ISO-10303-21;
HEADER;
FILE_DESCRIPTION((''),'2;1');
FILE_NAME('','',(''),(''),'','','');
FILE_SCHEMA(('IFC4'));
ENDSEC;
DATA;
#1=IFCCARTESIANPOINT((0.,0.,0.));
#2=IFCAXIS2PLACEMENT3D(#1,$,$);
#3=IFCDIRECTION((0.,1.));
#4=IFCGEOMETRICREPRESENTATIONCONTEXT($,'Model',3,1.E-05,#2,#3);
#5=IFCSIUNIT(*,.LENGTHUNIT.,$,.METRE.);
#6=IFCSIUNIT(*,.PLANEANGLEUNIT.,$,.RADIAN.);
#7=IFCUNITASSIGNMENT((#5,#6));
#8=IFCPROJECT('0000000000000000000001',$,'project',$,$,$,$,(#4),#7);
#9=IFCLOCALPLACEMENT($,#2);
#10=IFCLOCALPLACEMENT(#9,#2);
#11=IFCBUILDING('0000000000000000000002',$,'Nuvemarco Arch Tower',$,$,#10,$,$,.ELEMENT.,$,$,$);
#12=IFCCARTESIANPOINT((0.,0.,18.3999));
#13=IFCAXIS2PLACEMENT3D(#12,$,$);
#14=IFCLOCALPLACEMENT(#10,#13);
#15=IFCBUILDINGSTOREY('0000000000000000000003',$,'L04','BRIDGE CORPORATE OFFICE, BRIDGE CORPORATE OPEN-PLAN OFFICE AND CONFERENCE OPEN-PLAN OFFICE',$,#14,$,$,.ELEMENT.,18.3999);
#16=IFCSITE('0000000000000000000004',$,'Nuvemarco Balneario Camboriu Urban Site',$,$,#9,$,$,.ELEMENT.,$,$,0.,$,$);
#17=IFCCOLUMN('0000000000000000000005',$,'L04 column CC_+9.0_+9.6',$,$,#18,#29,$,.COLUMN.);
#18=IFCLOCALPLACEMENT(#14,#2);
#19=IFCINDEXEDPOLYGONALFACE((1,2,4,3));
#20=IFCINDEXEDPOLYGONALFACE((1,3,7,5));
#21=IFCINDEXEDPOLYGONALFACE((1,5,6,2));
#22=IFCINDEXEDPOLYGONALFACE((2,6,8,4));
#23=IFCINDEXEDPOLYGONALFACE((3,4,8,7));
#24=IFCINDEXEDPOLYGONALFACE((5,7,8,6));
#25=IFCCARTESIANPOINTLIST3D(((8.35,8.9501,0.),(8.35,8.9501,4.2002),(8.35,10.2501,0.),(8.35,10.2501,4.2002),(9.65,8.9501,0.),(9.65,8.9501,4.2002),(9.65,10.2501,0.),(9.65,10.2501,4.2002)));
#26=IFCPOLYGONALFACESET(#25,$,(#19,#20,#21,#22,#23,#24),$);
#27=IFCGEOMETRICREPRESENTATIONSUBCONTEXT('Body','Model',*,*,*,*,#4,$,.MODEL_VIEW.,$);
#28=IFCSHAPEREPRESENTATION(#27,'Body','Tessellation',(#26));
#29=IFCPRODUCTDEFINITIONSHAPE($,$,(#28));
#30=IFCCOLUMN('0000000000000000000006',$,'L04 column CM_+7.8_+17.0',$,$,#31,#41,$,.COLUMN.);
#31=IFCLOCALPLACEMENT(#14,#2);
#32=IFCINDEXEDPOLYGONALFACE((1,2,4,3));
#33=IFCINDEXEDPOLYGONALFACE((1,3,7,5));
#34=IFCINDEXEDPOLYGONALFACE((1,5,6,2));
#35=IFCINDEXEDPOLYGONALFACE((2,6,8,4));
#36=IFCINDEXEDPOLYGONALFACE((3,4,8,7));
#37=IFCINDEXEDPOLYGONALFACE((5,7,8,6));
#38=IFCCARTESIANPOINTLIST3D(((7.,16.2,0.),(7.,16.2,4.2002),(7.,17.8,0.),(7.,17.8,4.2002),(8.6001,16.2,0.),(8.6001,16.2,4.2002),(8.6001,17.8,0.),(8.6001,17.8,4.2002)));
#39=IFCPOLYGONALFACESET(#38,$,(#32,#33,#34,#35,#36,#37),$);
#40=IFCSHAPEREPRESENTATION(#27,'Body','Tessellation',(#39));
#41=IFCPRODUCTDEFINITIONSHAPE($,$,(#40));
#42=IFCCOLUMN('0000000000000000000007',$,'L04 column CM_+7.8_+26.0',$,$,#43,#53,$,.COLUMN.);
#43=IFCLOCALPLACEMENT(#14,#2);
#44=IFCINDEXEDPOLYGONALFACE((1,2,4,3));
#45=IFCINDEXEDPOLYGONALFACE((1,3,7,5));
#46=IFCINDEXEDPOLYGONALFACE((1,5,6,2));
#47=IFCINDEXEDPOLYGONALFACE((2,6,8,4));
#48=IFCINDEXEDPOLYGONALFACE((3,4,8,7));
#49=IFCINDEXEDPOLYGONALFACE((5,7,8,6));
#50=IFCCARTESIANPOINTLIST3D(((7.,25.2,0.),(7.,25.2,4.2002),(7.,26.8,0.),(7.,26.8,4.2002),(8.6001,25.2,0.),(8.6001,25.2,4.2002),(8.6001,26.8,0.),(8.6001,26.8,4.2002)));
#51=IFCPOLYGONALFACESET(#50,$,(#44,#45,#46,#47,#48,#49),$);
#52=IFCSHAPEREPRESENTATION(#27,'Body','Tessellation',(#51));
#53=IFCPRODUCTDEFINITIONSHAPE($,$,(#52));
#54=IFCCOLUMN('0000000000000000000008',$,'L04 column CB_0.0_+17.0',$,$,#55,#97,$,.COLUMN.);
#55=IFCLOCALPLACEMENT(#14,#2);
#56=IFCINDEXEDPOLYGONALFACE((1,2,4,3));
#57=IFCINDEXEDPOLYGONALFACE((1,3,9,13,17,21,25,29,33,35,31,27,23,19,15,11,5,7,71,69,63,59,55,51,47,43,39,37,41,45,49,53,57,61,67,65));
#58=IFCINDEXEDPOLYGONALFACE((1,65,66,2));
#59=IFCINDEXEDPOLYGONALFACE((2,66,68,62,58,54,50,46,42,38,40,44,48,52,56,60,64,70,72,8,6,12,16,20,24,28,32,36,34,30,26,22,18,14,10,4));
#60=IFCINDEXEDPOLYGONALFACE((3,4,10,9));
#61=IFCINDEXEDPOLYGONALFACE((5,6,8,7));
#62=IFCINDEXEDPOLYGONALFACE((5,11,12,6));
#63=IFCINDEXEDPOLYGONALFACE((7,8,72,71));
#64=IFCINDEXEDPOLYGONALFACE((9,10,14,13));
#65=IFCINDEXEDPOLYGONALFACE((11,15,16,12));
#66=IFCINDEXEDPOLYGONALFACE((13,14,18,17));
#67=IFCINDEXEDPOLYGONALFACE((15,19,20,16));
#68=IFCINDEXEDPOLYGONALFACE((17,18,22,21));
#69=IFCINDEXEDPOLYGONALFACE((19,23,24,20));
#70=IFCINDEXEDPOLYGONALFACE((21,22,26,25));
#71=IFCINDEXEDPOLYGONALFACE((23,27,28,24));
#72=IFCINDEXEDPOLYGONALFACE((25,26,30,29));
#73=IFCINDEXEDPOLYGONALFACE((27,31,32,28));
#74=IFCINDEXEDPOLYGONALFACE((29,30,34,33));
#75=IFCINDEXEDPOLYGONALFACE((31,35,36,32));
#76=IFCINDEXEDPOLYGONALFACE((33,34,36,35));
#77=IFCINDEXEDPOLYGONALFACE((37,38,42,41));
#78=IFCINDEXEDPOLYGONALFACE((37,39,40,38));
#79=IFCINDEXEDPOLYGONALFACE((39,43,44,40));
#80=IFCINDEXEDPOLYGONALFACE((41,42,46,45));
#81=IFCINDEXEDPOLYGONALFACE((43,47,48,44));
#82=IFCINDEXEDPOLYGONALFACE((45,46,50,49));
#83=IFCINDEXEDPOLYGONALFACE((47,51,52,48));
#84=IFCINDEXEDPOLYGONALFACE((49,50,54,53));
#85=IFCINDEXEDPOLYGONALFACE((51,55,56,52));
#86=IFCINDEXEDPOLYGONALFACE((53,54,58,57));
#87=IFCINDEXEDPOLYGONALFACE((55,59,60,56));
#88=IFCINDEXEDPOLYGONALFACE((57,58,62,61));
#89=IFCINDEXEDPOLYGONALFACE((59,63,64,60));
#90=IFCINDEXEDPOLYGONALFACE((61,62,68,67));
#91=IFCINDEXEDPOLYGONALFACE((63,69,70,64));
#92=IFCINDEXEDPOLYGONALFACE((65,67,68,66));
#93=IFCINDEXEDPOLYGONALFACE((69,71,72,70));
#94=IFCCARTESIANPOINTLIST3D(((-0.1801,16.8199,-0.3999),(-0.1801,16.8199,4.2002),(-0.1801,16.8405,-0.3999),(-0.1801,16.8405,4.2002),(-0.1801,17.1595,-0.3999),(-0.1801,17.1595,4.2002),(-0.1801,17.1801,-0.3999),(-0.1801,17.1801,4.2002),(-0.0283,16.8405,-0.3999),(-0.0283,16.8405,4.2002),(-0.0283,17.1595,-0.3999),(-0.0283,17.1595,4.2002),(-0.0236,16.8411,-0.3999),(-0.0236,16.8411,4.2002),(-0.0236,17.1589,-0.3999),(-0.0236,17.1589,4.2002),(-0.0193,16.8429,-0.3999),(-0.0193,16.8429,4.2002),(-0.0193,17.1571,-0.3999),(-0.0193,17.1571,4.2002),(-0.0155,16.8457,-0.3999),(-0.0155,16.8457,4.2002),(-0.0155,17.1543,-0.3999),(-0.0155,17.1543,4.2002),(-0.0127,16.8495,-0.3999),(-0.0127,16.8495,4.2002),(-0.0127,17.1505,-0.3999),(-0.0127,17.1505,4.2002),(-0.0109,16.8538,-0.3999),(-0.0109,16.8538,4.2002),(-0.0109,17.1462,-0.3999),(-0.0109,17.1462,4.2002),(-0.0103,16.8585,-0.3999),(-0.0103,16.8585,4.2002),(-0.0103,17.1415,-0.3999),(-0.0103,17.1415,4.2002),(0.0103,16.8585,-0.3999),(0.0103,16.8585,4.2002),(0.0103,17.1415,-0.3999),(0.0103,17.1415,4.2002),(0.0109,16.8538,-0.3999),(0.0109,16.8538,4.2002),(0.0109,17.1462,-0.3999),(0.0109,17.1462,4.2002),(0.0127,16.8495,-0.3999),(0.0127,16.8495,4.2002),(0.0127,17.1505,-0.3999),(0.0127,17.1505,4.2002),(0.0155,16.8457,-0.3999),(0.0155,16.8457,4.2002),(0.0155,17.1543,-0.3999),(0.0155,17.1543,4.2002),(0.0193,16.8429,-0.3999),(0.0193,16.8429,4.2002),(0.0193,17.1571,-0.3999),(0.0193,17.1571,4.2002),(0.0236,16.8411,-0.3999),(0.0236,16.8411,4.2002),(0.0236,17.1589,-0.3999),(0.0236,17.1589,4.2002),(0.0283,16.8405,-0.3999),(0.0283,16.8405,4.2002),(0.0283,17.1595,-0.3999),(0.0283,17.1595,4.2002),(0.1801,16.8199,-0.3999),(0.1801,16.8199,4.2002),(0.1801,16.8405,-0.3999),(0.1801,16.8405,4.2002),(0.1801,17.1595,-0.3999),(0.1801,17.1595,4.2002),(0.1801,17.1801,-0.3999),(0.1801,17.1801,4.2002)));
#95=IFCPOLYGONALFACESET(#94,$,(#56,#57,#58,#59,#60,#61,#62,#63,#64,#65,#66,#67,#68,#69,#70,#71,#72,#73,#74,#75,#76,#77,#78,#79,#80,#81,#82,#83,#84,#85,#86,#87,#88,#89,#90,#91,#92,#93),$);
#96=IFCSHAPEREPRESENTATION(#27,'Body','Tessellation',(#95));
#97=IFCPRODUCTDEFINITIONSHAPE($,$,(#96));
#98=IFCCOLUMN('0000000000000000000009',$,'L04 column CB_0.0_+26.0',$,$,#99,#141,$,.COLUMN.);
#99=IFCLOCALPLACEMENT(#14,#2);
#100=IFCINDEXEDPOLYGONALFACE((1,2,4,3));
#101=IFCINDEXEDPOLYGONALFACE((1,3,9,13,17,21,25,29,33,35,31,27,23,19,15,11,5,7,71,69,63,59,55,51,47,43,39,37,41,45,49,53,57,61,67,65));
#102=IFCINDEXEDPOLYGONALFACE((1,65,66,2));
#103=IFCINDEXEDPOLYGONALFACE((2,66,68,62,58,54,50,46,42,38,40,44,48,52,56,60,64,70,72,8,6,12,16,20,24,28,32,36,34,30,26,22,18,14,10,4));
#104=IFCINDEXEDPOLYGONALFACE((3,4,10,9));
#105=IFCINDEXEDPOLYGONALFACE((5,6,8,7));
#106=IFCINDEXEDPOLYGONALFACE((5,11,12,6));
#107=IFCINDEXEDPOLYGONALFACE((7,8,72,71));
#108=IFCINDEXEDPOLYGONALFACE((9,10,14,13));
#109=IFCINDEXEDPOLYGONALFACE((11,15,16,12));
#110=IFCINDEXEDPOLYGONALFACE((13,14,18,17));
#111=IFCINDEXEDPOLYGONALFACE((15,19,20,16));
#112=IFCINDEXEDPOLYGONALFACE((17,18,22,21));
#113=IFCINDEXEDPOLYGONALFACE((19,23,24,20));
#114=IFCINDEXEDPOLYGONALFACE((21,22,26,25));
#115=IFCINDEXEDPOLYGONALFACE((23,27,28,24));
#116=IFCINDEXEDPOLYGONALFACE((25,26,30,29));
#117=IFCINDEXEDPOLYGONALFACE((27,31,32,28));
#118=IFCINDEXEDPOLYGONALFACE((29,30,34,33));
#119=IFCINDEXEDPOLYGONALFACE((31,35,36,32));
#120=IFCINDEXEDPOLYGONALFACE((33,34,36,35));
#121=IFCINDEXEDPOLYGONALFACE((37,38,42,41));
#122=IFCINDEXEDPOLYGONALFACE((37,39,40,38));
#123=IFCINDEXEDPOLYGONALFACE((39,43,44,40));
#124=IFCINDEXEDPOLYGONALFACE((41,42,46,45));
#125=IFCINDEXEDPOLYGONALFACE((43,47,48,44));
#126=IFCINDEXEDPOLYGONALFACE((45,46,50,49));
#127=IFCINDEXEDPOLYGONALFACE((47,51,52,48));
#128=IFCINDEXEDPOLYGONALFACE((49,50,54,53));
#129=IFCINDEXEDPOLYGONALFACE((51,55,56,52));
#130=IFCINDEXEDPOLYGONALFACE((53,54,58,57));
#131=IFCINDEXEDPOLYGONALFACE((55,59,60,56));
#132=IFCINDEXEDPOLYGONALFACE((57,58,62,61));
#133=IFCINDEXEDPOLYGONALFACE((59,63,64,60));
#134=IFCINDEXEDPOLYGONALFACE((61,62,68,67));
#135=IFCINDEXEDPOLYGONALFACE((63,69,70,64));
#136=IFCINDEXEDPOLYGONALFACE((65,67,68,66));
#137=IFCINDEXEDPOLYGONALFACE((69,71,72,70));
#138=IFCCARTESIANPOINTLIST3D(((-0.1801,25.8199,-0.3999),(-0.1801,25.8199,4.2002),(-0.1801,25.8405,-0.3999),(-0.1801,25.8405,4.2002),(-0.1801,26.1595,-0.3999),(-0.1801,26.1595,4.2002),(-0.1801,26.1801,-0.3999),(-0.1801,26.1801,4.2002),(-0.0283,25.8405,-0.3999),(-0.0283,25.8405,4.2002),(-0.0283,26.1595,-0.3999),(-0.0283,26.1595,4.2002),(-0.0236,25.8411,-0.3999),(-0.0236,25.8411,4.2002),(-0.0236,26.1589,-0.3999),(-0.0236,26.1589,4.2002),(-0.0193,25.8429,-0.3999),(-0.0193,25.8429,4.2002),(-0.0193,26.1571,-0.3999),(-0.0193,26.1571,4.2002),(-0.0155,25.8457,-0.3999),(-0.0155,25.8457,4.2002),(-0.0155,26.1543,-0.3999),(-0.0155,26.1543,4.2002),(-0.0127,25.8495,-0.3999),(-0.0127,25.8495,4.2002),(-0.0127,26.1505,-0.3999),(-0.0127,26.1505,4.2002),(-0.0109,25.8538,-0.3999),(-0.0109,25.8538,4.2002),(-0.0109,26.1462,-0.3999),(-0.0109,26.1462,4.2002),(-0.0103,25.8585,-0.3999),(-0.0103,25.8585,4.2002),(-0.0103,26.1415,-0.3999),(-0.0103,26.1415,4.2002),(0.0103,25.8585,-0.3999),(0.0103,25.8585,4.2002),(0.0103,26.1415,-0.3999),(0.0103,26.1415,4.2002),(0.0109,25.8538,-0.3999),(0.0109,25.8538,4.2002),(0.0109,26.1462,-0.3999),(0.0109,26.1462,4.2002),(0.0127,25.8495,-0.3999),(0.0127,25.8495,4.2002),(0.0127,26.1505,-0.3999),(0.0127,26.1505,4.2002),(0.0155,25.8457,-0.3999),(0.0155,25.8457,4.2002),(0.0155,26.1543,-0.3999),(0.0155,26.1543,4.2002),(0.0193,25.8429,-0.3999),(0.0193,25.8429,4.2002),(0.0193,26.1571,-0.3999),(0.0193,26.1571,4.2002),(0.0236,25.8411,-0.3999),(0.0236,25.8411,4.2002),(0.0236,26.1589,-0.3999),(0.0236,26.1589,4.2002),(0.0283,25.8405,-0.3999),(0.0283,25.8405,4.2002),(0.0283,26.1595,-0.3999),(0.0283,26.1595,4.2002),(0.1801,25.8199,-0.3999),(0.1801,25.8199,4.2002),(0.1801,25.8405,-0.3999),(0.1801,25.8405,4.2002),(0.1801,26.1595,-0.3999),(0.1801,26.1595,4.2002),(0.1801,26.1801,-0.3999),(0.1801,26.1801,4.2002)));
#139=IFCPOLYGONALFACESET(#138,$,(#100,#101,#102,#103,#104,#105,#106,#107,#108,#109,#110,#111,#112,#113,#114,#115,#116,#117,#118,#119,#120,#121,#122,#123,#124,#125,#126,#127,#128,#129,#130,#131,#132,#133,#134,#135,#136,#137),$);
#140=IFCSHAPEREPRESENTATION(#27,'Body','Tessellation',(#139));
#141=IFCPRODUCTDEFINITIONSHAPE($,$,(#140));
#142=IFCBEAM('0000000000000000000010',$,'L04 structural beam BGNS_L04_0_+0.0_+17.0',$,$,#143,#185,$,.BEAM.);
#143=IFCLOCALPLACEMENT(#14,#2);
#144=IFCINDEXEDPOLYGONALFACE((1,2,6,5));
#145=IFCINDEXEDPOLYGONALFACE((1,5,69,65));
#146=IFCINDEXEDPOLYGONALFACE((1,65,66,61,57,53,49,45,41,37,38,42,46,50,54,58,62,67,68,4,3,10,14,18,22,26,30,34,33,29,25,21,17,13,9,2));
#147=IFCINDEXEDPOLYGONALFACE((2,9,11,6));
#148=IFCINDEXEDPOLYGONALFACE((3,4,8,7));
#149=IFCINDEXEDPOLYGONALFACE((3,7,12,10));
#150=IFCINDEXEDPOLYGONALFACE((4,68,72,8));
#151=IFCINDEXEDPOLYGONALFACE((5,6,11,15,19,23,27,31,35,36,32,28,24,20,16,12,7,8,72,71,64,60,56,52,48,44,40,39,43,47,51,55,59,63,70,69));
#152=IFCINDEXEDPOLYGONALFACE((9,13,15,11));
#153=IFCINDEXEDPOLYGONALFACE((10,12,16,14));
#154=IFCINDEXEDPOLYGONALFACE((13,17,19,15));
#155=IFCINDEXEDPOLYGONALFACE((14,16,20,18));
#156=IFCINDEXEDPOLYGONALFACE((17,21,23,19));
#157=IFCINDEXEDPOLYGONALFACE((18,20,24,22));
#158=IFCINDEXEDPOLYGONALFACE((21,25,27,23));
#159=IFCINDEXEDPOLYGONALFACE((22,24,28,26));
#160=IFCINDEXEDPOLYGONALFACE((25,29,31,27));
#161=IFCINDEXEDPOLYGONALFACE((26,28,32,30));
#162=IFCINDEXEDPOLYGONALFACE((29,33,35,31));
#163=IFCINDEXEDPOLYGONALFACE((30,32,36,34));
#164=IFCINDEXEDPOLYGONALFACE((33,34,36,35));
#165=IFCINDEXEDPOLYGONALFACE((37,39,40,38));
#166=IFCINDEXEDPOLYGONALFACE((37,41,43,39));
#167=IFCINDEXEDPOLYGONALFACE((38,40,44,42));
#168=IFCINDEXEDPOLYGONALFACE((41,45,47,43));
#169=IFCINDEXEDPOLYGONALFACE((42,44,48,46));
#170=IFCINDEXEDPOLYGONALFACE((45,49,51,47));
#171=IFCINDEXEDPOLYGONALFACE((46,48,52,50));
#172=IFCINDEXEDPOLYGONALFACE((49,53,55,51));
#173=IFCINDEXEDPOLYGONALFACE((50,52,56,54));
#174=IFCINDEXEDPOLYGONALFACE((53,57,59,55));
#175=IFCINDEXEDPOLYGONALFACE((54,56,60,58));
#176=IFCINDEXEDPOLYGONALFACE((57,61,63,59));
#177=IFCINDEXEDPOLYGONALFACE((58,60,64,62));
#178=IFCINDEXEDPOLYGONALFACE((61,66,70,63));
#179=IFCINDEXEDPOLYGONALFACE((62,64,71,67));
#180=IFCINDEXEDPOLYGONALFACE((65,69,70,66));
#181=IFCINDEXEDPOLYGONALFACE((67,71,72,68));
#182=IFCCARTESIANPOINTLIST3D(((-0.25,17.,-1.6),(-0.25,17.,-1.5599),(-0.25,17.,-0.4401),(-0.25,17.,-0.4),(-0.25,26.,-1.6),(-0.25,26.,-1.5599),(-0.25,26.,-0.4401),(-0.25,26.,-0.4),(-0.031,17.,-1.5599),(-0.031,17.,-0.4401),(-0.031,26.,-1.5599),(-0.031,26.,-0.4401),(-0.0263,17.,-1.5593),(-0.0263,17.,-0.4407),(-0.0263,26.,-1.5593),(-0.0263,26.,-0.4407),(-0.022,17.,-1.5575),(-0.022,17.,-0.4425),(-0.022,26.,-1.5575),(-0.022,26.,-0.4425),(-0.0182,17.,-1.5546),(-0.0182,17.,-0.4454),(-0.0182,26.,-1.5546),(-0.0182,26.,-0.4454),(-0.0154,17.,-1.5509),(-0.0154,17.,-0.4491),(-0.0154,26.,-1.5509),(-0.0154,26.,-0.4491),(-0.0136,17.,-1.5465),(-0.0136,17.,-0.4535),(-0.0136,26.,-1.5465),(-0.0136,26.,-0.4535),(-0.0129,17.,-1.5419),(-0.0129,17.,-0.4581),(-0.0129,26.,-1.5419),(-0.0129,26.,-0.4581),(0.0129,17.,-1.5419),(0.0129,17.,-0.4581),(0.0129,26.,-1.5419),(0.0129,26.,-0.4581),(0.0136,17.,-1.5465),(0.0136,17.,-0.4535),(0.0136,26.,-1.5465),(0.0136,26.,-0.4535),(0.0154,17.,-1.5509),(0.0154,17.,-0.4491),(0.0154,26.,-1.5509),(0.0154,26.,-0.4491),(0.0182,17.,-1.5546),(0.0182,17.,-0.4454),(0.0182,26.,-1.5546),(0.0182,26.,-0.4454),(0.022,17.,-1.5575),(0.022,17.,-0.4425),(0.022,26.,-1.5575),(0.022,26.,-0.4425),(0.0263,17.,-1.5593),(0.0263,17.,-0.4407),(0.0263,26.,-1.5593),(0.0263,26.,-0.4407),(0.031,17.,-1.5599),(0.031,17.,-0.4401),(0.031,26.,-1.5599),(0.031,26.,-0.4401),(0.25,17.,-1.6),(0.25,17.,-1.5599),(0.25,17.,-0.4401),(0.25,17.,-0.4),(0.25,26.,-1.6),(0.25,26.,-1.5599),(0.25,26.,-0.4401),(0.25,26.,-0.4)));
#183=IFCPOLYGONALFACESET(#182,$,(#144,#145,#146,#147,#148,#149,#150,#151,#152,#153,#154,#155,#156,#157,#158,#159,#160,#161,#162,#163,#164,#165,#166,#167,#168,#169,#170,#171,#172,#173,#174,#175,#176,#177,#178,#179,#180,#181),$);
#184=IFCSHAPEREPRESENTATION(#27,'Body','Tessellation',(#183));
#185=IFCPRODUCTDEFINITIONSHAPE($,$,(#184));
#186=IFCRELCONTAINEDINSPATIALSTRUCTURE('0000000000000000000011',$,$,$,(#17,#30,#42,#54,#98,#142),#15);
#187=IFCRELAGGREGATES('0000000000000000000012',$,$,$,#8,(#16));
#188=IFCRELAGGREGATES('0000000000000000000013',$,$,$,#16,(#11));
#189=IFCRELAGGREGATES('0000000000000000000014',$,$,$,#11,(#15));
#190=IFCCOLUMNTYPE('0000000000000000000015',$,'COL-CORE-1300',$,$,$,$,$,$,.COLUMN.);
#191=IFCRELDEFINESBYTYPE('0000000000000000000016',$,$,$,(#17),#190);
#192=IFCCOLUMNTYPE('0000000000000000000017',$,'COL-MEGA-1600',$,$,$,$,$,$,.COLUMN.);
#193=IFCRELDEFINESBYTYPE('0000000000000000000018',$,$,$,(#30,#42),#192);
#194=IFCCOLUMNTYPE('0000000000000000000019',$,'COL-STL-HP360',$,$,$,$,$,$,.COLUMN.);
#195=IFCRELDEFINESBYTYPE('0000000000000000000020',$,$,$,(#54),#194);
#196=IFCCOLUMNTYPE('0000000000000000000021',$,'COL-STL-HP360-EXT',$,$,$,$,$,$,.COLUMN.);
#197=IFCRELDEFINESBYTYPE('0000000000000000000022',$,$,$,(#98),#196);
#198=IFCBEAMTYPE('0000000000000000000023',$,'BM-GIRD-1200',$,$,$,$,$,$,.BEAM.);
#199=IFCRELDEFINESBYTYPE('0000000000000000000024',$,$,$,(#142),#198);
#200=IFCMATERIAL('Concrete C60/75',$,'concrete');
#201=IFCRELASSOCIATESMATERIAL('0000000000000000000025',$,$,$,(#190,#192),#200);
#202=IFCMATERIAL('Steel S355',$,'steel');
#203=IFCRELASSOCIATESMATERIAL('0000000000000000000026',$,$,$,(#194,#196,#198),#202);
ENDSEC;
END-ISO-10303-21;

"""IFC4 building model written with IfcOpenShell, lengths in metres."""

from ifc_helpers import new_model, si_unit, direction, frame, origin, origin_2d, place, context, subcontext, project, spatial, rectangle, i_section, extrude, material, material_profile, profile_set, type_object, element, save


model = new_model("IFC4")

# Units and contexts
model_context = context("Model", 3, precision=1e-05, world=origin(), true_north=direction((0.0, 1.0)))
body_context = subcontext(model_context, "Body", "Model", "MODEL_VIEW")
ifc_project = project(units=[si_unit("LENGTHUNIT", "METRE"), si_unit("PLANEANGLEUNIT", "RADIAN")], contexts=[model_context])

# Site, building, storey
site_placement = place(None, origin())
site = spatial("IfcSite", under=ifc_project, at=site_placement, Name="Nuvemarco Balneario Camboriu Urban Site", CompositionType="ELEMENT", RefElevation=0.0)
building_placement = place(site_placement, origin())
building = spatial("IfcBuilding", under=site, at=building_placement, Name="Nuvemarco Arch Tower", CompositionType="ELEMENT")
storey_placement = place(building_placement, frame((0.0, 0.0, 18.3999)))
storey = spatial("IfcBuildingStorey", under=building, at=storey_placement, Name="L04", Description="BRIDGE CORPORATE OFFICE, BRIDGE CORPORATE OPEN-PLAN OFFICE AND CONFERENCE OPEN-PLAN OFFICE", CompositionType="ELEMENT", Elevation=18.3999)

# Columns
ifc_material_1 = material(Name="Concrete C60/75", Category="concrete")
ifc_material_profile_1 = material_profile(ifc_material_1, rectangle(XDim=1.3, YDim=1.3, at=origin_2d()), Name="RC-COL-1300x1300")
ifc_profile_set_1 = profile_set([ifc_material_profile_1], Name="Concrete C60/75")
column_type_1 = type_object("IfcColumnType", Name="COL-CORE-1300", PredefinedType="COLUMN", material=ifc_profile_set_1)
column_1_placement = place(storey_placement, frame((9.0, 9.6001, 0.0), z_axis=(0.0, 0.0, 1.0), x_axis=(1.0, 0.0, 0.0)))
element("IfcColumn", 1, at=column_1_placement, inside=storey, type_object=column_type_1, Name="L04 column CC_+9.0_+9.6", PredefinedType="COLUMN", context=body_context, shape_type="SweptSolid", body=[
    extrude(rectangle(XDim=1.3, YDim=1.3, at=origin_2d()), origin(), (0.0, 0.0, 1.0), 4.2002),
])
ifc_material_profile_2 = material_profile(ifc_material_1, rectangle(XDim=1.6001, YDim=1.6001, at=origin_2d()), Name="RC-COL-1600x1600")
ifc_profile_set_2 = profile_set([ifc_material_profile_2], Name="Concrete C60/75")
column_type_2 = type_object("IfcColumnType", Name="COL-MEGA-1600", PredefinedType="COLUMN", material=ifc_profile_set_2)
for number, where, z_axis, x_axis, name in (
    (2, (7.8, 17.0, 0.0), (0.0, 0.0, 1.0), (1.0, 0.0, 0.0), "L04 column CM_+7.8_+17.0"),
    (3, (7.8, 26.0, 0.0), (0.0, 0.0, 1.0), (1.0, 0.0, 0.0), "L04 column CM_+7.8_+26.0"),
):
    element("IfcColumn", number, at=place(storey_placement, frame(where, z_axis=z_axis, x_axis=x_axis)), inside=storey, type_object=column_type_2, Name=name, PredefinedType="COLUMN", context=body_context, shape_type="SweptSolid", body=[
        extrude(rectangle(XDim=1.6001, YDim=1.6001, at=origin_2d()), origin(), (0.0, 0.0, 1.0), 4.2002),
    ])
ifc_material_2 = material(Name="Steel S355", Category="steel")
ifc_material_profile_3 = material_profile(ifc_material_2, i_section(OverallWidth=0.3601, OverallDepth=0.3601, WebThickness=0.0205, FlangeThickness=0.0205, FilletRadius=0.0181, at=origin_2d()), Name="HP360x174")
ifc_profile_set_3 = profile_set([ifc_material_profile_3], Name="Steel S355")
column_type_3 = type_object("IfcColumnType", Name="COL-STL-HP360", PredefinedType="COLUMN", material=ifc_profile_set_3)
column_2_placement = place(storey_placement, frame((0.0, 17.0, -0.3999), z_axis=(0.0, 0.0, 1.0), x_axis=(1.0, 0.0, 0.0)))
element("IfcColumn", 4, at=column_2_placement, inside=storey, type_object=column_type_3, Name="L04 column CB_0.0_+17.0", PredefinedType="COLUMN", context=body_context, shape_type="SweptSolid", body=[
    extrude(i_section(OverallWidth=0.3601, OverallDepth=0.3601, WebThickness=0.0205, FlangeThickness=0.0205, FilletRadius=0.0181, at=origin_2d()), origin(), (0.0, 0.0, 1.0), 4.6001),
])
ifc_material_profile_4 = material_profile(ifc_material_2, i_section(OverallWidth=0.3601, OverallDepth=0.3601, WebThickness=0.0205, FlangeThickness=0.0205, FilletRadius=0.0181, at=origin_2d()), Name="HP360x174")
ifc_profile_set_4 = profile_set([ifc_material_profile_4], Name="Steel S355")
column_type_4 = type_object("IfcColumnType", Name="COL-STL-HP360-EXT", PredefinedType="COLUMN", material=ifc_profile_set_4)
column_3_placement = place(storey_placement, frame((0.0, 26.0, -0.3999), z_axis=(0.0, 0.0, 1.0), x_axis=(1.0, 0.0, 0.0)))
element("IfcColumn", 5, at=column_3_placement, inside=storey, type_object=column_type_4, Name="L04 column CB_0.0_+26.0", PredefinedType="COLUMN", context=body_context, shape_type="SweptSolid", body=[
    extrude(i_section(OverallWidth=0.3601, OverallDepth=0.3601, WebThickness=0.0205, FlangeThickness=0.0205, FilletRadius=0.0181, at=origin_2d()), origin(), (0.0, 0.0, 1.0), 4.6001),
])

# Beam
ifc_material_profile_5 = material_profile(ifc_material_2, i_section(OverallWidth=0.5, OverallDepth=1.2, WebThickness=0.0259, FlangeThickness=0.04, FilletRadius=0.0181, at=origin_2d()), Name="PG1200x500")
ifc_profile_set_5 = profile_set([ifc_material_profile_5], Name="Steel S355")
beam_type_1 = type_object("IfcBeamType", Name="BM-GIRD-1200", PredefinedType="BEAM", material=ifc_profile_set_5)
for number, where, z_axis, x_axis, name in (
    (6, (0.0, 17.0, -1.0), (0.0, 1.0, 0.0), (-1.0, 0.0, 0.0), "L04 structural beam BGNS_L04_0_+0.0_+17.0"),
):
    element("IfcBeam", number, at=place(storey_placement, frame(where, z_axis=z_axis, x_axis=x_axis)), inside=storey, type_object=beam_type_1, Name=name, PredefinedType="BEAM", context=body_context, shape_type="SweptSolid", body=[
        extrude(i_section(OverallWidth=0.5, OverallDepth=1.2, WebThickness=0.0259, FlangeThickness=0.04, FilletRadius=0.0181, at=origin_2d()), origin(), (0.0, 0.0, 1.0), 9.0),
    ])

save(model, "model.ifc")
